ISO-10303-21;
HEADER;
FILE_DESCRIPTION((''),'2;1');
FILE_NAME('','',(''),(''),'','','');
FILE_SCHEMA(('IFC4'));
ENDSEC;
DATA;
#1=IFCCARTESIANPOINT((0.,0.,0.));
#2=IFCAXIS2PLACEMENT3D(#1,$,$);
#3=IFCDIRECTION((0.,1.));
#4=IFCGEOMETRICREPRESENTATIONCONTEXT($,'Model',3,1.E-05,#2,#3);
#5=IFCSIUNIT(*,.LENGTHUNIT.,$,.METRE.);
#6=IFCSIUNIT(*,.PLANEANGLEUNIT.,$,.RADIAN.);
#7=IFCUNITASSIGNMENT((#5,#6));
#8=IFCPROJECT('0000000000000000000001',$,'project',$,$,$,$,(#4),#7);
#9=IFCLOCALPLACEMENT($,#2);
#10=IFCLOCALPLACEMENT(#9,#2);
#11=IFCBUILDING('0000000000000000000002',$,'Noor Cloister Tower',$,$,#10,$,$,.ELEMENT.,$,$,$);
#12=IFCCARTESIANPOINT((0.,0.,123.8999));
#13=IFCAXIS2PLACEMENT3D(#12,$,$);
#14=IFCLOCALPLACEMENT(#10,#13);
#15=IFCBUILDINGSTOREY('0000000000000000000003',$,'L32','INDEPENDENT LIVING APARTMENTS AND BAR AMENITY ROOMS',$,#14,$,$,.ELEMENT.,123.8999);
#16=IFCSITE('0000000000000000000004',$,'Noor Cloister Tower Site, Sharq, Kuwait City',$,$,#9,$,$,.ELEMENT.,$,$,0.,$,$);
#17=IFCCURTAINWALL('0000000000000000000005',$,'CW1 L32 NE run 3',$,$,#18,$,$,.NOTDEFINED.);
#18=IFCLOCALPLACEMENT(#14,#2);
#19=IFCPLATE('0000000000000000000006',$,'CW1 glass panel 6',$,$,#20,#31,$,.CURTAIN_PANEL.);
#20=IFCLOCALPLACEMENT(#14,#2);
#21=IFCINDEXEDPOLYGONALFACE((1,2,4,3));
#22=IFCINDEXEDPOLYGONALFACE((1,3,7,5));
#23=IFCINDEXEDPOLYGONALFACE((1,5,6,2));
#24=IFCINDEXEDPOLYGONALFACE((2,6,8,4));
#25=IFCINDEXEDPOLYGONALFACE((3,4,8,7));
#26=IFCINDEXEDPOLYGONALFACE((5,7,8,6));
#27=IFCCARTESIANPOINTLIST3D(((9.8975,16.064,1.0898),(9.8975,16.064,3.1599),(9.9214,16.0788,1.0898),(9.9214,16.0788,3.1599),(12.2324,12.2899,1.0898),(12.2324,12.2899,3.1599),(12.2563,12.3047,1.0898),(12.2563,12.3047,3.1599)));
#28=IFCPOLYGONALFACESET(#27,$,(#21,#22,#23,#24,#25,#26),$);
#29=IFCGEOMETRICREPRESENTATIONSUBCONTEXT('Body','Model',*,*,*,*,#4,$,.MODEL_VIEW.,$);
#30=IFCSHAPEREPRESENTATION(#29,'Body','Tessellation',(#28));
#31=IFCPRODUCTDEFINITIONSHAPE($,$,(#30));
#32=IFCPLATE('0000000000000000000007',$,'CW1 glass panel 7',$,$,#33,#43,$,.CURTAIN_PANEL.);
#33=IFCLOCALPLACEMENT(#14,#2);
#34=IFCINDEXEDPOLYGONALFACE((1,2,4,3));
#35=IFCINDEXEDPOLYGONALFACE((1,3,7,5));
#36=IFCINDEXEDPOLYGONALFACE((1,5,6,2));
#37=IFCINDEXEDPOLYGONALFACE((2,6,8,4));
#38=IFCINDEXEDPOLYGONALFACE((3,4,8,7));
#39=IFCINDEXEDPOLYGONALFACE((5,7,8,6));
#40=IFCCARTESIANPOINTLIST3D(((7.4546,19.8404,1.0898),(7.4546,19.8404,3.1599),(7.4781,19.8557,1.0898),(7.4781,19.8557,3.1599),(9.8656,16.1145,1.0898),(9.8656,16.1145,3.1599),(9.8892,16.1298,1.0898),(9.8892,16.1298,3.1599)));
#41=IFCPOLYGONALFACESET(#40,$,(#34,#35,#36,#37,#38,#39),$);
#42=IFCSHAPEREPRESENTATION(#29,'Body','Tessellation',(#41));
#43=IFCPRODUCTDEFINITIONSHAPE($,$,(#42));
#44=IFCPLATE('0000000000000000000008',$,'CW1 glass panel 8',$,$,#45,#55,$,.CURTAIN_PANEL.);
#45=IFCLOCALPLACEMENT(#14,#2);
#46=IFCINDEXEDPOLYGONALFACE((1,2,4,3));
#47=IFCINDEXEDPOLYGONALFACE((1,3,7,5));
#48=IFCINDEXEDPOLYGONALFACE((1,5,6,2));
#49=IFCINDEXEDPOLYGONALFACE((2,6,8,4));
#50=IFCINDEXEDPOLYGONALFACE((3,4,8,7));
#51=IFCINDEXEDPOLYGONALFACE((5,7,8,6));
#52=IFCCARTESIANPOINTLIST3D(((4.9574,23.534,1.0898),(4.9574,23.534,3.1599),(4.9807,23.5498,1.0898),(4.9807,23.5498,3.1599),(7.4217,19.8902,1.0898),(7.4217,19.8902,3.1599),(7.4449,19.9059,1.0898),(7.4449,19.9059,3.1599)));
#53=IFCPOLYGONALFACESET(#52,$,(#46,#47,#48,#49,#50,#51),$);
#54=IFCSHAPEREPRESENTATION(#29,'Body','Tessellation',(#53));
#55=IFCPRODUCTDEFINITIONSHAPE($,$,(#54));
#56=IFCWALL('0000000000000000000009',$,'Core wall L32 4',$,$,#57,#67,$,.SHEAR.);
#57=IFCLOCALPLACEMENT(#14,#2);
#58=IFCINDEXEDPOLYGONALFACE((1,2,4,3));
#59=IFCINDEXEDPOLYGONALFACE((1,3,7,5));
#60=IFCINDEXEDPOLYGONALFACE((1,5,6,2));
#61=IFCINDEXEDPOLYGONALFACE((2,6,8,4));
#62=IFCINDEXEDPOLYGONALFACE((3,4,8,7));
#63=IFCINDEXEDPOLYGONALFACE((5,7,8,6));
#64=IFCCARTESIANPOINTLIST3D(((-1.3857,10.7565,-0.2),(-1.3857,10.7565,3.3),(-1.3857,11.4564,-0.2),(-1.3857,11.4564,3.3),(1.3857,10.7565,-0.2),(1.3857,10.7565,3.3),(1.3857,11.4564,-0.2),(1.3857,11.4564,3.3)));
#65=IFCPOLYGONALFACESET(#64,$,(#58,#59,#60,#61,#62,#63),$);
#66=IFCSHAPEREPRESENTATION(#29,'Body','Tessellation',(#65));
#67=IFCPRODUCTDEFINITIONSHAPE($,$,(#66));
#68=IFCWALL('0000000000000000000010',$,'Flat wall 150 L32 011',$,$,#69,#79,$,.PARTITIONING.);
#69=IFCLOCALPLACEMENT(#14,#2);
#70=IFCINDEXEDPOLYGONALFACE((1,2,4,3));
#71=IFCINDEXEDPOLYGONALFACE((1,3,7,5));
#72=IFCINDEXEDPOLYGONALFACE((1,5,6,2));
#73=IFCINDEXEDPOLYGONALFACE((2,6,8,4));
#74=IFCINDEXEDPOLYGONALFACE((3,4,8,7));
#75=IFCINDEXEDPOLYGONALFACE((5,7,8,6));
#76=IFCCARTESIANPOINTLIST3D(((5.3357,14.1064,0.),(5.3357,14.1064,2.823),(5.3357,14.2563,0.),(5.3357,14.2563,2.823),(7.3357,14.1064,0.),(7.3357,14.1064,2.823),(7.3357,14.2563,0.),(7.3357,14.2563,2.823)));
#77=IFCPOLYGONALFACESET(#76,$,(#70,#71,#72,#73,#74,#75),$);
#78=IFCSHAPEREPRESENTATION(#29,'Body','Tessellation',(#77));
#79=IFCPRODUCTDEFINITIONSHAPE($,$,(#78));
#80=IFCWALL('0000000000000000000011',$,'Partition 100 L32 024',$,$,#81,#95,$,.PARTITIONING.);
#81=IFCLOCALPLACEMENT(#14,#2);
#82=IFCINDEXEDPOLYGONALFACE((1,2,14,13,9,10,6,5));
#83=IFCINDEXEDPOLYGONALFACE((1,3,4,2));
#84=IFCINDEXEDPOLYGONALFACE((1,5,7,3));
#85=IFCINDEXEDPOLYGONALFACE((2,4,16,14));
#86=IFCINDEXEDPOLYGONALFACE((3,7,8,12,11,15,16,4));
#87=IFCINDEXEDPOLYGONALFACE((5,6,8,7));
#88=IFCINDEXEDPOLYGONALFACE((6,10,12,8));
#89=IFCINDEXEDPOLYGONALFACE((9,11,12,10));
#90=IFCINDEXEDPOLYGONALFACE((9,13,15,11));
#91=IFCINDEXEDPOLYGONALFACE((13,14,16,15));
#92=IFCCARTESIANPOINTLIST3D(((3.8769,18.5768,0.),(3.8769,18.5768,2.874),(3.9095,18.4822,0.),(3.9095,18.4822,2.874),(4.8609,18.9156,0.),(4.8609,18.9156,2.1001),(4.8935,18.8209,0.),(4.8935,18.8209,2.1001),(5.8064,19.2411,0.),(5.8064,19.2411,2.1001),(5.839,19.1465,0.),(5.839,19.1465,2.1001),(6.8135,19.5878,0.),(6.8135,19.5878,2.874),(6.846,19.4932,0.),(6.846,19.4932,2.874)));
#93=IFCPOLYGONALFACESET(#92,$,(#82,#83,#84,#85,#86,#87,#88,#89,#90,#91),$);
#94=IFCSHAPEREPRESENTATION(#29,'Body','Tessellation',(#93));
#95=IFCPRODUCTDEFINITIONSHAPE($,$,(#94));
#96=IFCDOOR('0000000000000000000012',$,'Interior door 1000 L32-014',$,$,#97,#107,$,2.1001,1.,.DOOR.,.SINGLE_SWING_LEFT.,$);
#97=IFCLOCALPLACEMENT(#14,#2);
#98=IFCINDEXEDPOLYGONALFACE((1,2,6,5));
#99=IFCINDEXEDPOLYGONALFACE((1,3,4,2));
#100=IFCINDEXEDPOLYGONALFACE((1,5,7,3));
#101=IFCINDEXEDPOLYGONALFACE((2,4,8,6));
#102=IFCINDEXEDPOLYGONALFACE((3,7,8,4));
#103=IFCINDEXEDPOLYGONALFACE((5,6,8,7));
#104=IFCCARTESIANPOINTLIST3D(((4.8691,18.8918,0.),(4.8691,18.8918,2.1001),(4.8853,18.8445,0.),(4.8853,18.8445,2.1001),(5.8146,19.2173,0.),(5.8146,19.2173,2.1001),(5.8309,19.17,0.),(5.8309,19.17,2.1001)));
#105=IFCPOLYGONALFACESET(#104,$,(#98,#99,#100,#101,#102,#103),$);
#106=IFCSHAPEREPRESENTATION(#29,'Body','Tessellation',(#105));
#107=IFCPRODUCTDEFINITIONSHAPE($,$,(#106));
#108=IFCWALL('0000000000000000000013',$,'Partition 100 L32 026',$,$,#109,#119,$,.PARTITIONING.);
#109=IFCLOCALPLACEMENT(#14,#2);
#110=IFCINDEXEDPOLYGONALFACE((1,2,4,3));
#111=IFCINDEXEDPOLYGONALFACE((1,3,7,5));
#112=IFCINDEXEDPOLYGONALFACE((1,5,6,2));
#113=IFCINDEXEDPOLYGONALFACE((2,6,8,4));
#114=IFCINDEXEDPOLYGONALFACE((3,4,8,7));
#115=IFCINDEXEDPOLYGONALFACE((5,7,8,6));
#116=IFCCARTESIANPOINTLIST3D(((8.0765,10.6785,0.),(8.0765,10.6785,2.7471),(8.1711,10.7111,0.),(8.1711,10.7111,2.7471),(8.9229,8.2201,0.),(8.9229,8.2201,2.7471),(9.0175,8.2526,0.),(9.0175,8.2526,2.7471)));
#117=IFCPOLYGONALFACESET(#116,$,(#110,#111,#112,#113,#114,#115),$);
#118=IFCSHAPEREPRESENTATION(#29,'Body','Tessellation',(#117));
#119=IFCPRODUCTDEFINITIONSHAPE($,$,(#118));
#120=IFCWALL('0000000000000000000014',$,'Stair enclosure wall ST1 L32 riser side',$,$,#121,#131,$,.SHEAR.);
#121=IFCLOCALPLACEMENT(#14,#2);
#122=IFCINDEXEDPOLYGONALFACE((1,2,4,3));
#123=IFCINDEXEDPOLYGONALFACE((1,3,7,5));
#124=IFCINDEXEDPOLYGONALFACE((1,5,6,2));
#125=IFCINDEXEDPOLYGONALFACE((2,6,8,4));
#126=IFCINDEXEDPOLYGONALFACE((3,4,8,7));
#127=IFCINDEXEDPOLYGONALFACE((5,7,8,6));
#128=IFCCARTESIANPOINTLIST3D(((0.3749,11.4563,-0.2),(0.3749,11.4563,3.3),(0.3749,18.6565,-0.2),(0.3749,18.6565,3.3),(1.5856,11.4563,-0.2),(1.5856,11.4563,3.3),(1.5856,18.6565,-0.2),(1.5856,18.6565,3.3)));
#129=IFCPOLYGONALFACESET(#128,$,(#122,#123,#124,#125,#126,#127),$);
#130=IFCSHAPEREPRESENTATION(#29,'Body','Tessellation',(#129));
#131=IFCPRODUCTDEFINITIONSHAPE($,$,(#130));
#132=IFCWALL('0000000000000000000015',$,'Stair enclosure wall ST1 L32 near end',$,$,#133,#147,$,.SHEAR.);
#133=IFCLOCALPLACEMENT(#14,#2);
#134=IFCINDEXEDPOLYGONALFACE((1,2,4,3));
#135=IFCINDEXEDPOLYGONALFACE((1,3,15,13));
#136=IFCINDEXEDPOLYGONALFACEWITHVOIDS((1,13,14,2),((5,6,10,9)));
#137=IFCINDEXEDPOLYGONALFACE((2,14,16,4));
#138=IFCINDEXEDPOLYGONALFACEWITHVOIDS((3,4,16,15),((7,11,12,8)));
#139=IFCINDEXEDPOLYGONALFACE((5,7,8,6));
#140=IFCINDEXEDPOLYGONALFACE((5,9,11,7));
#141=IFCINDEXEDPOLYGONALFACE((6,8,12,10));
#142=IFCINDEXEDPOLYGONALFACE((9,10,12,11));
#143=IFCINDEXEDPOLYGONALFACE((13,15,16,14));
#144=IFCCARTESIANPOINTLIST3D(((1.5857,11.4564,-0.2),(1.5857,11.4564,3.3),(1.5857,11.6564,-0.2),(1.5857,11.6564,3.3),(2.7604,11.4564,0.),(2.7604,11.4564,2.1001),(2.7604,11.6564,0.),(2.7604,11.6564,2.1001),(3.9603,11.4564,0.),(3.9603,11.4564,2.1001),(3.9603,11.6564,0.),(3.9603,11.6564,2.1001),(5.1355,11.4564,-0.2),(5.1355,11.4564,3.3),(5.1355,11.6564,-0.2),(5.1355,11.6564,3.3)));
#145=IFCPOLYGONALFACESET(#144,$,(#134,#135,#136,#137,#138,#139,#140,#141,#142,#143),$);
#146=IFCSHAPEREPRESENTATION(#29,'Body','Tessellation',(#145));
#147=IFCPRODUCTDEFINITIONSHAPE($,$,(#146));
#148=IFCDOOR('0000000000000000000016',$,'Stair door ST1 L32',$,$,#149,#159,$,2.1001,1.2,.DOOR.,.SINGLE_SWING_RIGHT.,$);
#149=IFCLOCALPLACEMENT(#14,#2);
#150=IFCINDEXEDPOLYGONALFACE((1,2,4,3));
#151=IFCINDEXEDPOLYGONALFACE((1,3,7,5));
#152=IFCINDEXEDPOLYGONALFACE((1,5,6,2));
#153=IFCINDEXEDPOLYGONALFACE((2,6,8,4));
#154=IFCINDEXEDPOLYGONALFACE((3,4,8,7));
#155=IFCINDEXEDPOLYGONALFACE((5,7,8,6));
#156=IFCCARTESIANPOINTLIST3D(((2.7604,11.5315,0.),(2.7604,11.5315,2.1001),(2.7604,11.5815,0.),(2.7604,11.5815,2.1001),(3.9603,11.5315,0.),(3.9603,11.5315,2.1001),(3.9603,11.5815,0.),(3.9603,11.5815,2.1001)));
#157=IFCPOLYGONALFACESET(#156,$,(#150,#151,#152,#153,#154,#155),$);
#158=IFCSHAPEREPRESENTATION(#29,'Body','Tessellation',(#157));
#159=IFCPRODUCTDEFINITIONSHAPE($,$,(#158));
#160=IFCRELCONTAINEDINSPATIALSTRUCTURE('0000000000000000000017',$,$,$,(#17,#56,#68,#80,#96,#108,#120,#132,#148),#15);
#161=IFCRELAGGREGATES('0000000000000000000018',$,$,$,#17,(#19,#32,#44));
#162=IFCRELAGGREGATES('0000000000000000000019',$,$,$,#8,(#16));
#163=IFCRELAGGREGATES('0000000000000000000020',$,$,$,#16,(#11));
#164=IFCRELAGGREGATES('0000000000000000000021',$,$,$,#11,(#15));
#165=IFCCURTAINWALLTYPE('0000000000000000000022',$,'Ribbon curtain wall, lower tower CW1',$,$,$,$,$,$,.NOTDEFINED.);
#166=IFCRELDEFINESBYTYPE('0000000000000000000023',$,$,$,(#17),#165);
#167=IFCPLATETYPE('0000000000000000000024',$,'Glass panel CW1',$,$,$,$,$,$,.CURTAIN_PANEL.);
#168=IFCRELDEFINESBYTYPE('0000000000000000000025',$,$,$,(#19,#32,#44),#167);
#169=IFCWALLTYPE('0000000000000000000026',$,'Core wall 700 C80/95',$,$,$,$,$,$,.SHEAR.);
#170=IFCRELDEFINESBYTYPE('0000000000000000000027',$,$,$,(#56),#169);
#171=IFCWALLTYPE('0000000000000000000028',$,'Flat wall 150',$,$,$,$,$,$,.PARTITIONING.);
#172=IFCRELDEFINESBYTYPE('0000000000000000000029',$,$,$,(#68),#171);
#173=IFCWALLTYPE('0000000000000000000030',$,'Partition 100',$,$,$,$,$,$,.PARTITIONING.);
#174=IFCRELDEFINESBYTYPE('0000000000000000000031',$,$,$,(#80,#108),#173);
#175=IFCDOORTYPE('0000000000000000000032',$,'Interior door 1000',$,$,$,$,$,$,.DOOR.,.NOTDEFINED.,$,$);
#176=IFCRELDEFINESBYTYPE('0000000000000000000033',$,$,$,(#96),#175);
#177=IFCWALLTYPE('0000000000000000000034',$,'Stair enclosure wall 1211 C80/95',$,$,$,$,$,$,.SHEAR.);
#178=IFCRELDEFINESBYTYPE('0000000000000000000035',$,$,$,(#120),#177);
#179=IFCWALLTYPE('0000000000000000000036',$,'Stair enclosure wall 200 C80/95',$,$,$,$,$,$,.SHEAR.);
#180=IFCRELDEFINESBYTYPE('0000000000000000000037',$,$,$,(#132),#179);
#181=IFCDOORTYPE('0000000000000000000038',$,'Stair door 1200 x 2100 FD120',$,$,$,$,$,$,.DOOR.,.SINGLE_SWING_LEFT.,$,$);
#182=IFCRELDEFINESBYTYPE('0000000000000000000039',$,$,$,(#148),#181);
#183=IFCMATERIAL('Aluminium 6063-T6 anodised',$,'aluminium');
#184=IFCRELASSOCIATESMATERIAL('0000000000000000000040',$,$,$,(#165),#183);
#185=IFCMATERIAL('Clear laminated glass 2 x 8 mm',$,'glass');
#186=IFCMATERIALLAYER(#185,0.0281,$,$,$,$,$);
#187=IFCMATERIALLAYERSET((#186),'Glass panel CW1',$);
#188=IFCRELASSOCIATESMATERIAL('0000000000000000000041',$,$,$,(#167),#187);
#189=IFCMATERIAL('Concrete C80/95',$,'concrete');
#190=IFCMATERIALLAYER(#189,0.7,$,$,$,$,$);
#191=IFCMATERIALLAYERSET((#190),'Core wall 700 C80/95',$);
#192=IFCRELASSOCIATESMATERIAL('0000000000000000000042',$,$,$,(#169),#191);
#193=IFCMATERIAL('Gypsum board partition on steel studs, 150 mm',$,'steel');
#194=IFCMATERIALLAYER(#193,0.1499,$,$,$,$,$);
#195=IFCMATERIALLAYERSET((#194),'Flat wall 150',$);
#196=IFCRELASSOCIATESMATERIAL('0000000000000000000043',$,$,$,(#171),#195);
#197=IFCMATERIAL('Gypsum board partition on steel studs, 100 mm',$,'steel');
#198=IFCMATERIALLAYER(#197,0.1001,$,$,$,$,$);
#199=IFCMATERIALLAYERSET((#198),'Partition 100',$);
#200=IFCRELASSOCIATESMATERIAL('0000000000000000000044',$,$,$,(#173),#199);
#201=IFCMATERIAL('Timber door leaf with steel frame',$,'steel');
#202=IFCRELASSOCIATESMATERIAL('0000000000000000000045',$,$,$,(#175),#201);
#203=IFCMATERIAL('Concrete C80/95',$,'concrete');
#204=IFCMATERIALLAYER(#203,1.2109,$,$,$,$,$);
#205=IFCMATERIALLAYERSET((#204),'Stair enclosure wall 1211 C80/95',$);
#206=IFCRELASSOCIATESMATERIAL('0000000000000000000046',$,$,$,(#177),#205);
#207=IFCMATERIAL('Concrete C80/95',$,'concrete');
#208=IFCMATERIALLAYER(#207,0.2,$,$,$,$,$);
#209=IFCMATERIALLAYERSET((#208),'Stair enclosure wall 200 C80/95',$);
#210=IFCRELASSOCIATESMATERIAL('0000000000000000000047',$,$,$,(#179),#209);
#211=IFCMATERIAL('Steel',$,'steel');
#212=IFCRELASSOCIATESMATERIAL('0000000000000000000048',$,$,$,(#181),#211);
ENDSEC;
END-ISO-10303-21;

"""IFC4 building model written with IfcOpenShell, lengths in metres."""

from ifc_helpers import new_model, si_unit, direction, frame, frame_2d, origin, origin_2d, place, context, subcontext, project, spatial, rectangle, extrude, material, layer, layer_set, type_object, element, fill, aggregate, save


model = new_model("IFC4")

# Units and contexts
model_context = context("Model", 3, precision=1e-05, world=origin(), true_north=direction((0.0, 1.0)))
body_context = subcontext(model_context, "Body", "Model", "MODEL_VIEW")
ifc_project = project(units=[si_unit("LENGTHUNIT", "METRE"), si_unit("PLANEANGLEUNIT", "RADIAN")], contexts=[model_context])

# Site, building, storey
site_placement = place(None, origin())
site = spatial("IfcSite", under=ifc_project, at=site_placement, Name="Noor Cloister Tower Site, Sharq, Kuwait City", CompositionType="ELEMENT", RefElevation=0.0)
building_placement = place(site_placement, origin())
building = spatial("IfcBuilding", under=site, at=building_placement, Name="Noor Cloister Tower", CompositionType="ELEMENT")
storey_placement = place(building_placement, frame((0.0, 0.0, 123.8999)))
storey = spatial("IfcBuildingStorey", under=building, at=storey_placement, Name="L32", Description="INDEPENDENT LIVING APARTMENTS AND BAR AMENITY ROOMS", CompositionType="ELEMENT", Elevation=123.8999)

# Curtain wall
ifc_material_1 = material(Name="Aluminium 6063-T6 anodised", Category="aluminium")
curtain_wall_type = type_object("IfcCurtainWallType", Name="Ribbon curtain wall, lower tower CW1", PredefinedType="NOTDEFINED", material=ifc_material_1)
curtain_wall_placement = place(storey_placement, origin())
curtain_wall = element("IfcCurtainWall", 1, at=curtain_wall_placement, inside=storey, type_object=curtain_wall_type, Name="CW1 L32 NE run 3", PredefinedType="NOTDEFINED")

# Plates
ifc_material_2 = material(Name="Clear laminated glass 2 x 8 mm", Category="glass")
ifc_layer_1 = layer(ifc_material_2, 0.0281)
ifc_layer_set_1 = layer_set([ifc_layer_1], Name="Glass panel CW1")
plate_type = type_object("IfcPlateType", Name="Glass panel CW1", PredefinedType="CURTAIN_PANEL", material=ifc_layer_set_1)
plate_1_placement = place(storey_placement, frame((11.0769, 14.1843, 1.0898), z_axis=(0.0, 0.0, 1.0), x_axis=(-0.526128, 0.850405, 0.0)))
plate_1 = element("IfcPlate", 2, at=plate_1_placement, type_object=plate_type, Name="CW1 glass panel 6", PredefinedType="CURTAIN_PANEL", context=body_context, shape_type="SweptSolid", body=[
    extrude(rectangle(XDim=4.438, YDim=0.0281, at=origin_2d()), origin(), (0.0, 0.0, 1.0), 2.0701),
])
plate_2_placement = place(storey_placement, frame((8.6719, 17.9851, 1.0898), z_axis=(0.0, 0.0, 1.0), x_axis=(-0.543277, 0.839553, 0.0)))
plate_2 = element("IfcPlate", 3, at=plate_2_placement, type_object=plate_type, Name="CW1 glass panel 7", PredefinedType="CURTAIN_PANEL", context=body_context, shape_type="SweptSolid", body=[
    extrude(rectangle(XDim=4.438, YDim=0.0281, at=origin_2d()), origin(), (0.0, 0.0, 1.0), 2.0701),
])
plate_3_placement = place(storey_placement, frame((6.2012, 21.72, 1.0898), z_axis=(0.0, 0.0, 1.0), x_axis=(-0.560203, 0.828356, 0.0)))
plate_3 = element("IfcPlate", 4, at=plate_3_placement, type_object=plate_type, Name="CW1 glass panel 8", PredefinedType="CURTAIN_PANEL", context=body_context, shape_type="SweptSolid", body=[
    extrude(rectangle(XDim=4.3989, YDim=0.0281, at=origin_2d()), origin(), (0.0, 0.0, 1.0), 2.0701),
])
aggregate(curtain_wall, [plate_1, plate_2, plate_3])

# Walls
ifc_material_3 = material(Name="Concrete C80/95", Category="concrete")
ifc_layer_2 = layer(ifc_material_3, 0.7)
ifc_layer_set_2 = layer_set([ifc_layer_2], Name="Core wall 700 C80/95")
wall_type_1 = type_object("IfcWallType", Name="Core wall 700 C80/95", PredefinedType="SHEAR", material=ifc_layer_set_2)
wall_1_placement = place(storey_placement, frame((1.3857, 11.1064, -0.2), z_axis=(0.0, 0.0, 1.0), x_axis=(-1.0, 0.0, 0.0)))
element("IfcWall", 5, at=wall_1_placement, inside=storey, type_object=wall_type_1, Name="Core wall L32 4", PredefinedType="SHEAR", context=body_context, shape_type="SweptSolid", body=[
    extrude(rectangle(XDim=2.7715, YDim=0.7, at=frame_2d((1.3857, 0.0))), origin(), (0.0, 0.0, 1.0), 3.5),
])
ifc_material_4 = material(Name="Gypsum board partition on steel studs, 150 mm", Category="steel")
ifc_layer_3 = layer(ifc_material_4, 0.1499)
ifc_layer_set_3 = layer_set([ifc_layer_3], Name="Flat wall 150")
wall_type_2 = type_object("IfcWallType", Name="Flat wall 150", PredefinedType="PARTITIONING", material=ifc_layer_set_3)
wall_2_placement = place(storey_placement, frame((5.3357, 14.1814, 0.0), z_axis=(0.0, 0.0, 1.0), x_axis=(1.0, 0.0, 0.0)))
element("IfcWall", 6, at=wall_2_placement, inside=storey, type_object=wall_type_2, Name="Flat wall 150 L32 011", PredefinedType="PARTITIONING", context=body_context, shape_type="SweptSolid", body=[
    extrude(rectangle(XDim=2.0, YDim=0.1499, at=frame_2d((1.0, 0.0))), origin(), (0.0, 0.0, 1.0), 2.823),
])

# Wall, opening, door
ifc_material_5 = material(Name="Gypsum board partition on steel studs, 100 mm", Category="steel")
ifc_layer_4 = layer(ifc_material_5, 0.1001)
ifc_layer_set_4 = layer_set([ifc_layer_4], Name="Partition 100")
wall_type_3 = type_object("IfcWallType", Name="Partition 100", PredefinedType="PARTITIONING", material=ifc_layer_set_4)
wall_3_placement = place(storey_placement, frame((3.8933, 18.5295, 0.0), z_axis=(0.0, 0.0, 1.0), x_axis=(0.945532, 0.325528, 0.0)))
wall_3 = element("IfcWall", 7, at=wall_3_placement, inside=storey, type_object=wall_type_3, Name="Partition 100 L32 024", PredefinedType="PARTITIONING", context=body_context, shape_type="SweptSolid", body=[
    extrude(rectangle(XDim=3.1057, YDim=0.1001, at=frame_2d((1.5527, 0.0))), origin(), (0.0, 0.0, 1.0), 2.874),
])
opening_1_placement = place(wall_3_placement, frame((1.0405, 0.0, 0.0)))
opening_1 = element("IfcOpeningElement", 8, at=opening_1_placement, cuts=wall_3, PredefinedType="OPENING", context=body_context, shape_type="SweptSolid", body=[
    extrude(rectangle(XDim=1.0, YDim=2.1001, at=frame_2d((0.5, 1.05))), frame((0.0, 0.0601, 0.0), z_axis=(0.0, -1.0, 0.0), x_axis=(1.0, 0.0, 0.0)), (0.0, 0.0, 1.0), 0.1201),
])
ifc_material_6 = material(Name="Timber door leaf with steel frame", Category="steel")
door_type_1 = type_object("IfcDoorType", Name="Interior door 1000", OperationType="NOTDEFINED", PredefinedType="DOOR", material=ifc_material_6)
door_1_placement = place(opening_1_placement, origin())
door_1 = element("IfcDoor", 9, at=door_1_placement, inside=storey, type_object=door_type_1, Name="Interior door 1000 L32-014", OperationType="SINGLE_SWING_LEFT", OverallHeight=2.1001, OverallWidth=1.0, PredefinedType="DOOR", context=body_context, shape_type="SweptSolid", body=[
    extrude(rectangle(XDim=1.0, YDim=2.1001, at=frame_2d((0.5, 1.05))), frame((0.0, 0.0249, 0.0), z_axis=(0.0, -1.0, 0.0), x_axis=(1.0, 0.0, 0.0)), (0.0, 0.0, 1.0), 0.05),
])
fill(opening_1, door_1)

# Walls
wall_4_placement = place(storey_placement, frame((8.1238, 10.6948, 0.0), z_axis=(0.0, 0.0, 1.0), x_axis=(0.325536, -0.94553, 0.0)))
element("IfcWall", 10, at=wall_4_placement, inside=storey, type_object=wall_type_3, Name="Partition 100 L32 026", PredefinedType="PARTITIONING", context=body_context, shape_type="SweptSolid", body=[
    extrude(rectangle(XDim=2.6001, YDim=0.1001, at=frame_2d((1.3, 0.0))), origin(), (0.0, 0.0, 1.0), 2.7471),
])
ifc_material_7 = material(Name="Concrete C80/95", Category="concrete")
ifc_layer_5 = layer(ifc_material_7, 1.2109)
ifc_layer_set_5 = layer_set([ifc_layer_5], Name="Stair enclosure wall 1211 C80/95")
wall_type_4 = type_object("IfcWallType", Name="Stair enclosure wall 1211 C80/95", PredefinedType="SHEAR", material=ifc_layer_set_5)
wall_5_placement = place(storey_placement, frame((0.9802, 11.4563, -0.2), z_axis=(0.0, 0.0, 1.0), x_axis=(0.0, 1.0, 0.0)))
element("IfcWall", 11, at=wall_5_placement, inside=storey, type_object=wall_type_4, Name="Stair enclosure wall ST1 L32 riser side", PredefinedType="SHEAR", context=body_context, shape_type="SweptSolid", body=[
    extrude(rectangle(XDim=7.2002, YDim=1.2107, at=frame_2d((3.6001, 0.0))), origin(), (0.0, 0.0, 1.0), 3.5),
])

# Wall, opening, door
ifc_material_8 = material(Name="Concrete C80/95", Category="concrete")
ifc_layer_6 = layer(ifc_material_8, 0.2)
ifc_layer_set_6 = layer_set([ifc_layer_6], Name="Stair enclosure wall 200 C80/95")
wall_type_5 = type_object("IfcWallType", Name="Stair enclosure wall 200 C80/95", PredefinedType="SHEAR", material=ifc_layer_set_6)
wall_6_placement = place(storey_placement, frame((5.1355, 11.5564, -0.2), z_axis=(0.0, 0.0, 1.0), x_axis=(-1.0, 0.0, 0.0)))
wall_6 = element("IfcWall", 12, at=wall_6_placement, inside=storey, type_object=wall_type_5, Name="Stair enclosure wall ST1 L32 near end", PredefinedType="SHEAR", context=body_context, shape_type="SweptSolid", body=[
    extrude(rectangle(XDim=3.5498, YDim=0.2, at=frame_2d((1.7749, 0.0))), origin(), (0.0, 0.0, 1.0), 3.5),
])
opening_2_placement = place(wall_6_placement, frame((1.175, 0.0, 0.2)))
opening_2 = element("IfcOpeningElement", 13, at=opening_2_placement, cuts=wall_6, PredefinedType="OPENING", context=body_context, shape_type="SweptSolid", body=[
    extrude(rectangle(XDim=1.2, YDim=2.1001, at=frame_2d((0.6001, 1.05))), frame((0.0, 0.1099, 0.0), z_axis=(0.0, -1.0, 0.0), x_axis=(1.0, 0.0, 0.0)), (0.0, 0.0, 1.0), 0.22),
])
ifc_material_9 = material(Name="Steel", Category="steel")
door_type_2 = type_object("IfcDoorType", Name="Stair door 1200 x 2100 FD120", OperationType="SINGLE_SWING_LEFT", PredefinedType="DOOR", material=ifc_material_9)
door_2_placement = place(opening_2_placement, origin())
door_2 = element("IfcDoor", 14, at=door_2_placement, inside=storey, type_object=door_type_2, Name="Stair door ST1 L32", OperationType="SINGLE_SWING_RIGHT", OverallHeight=2.1001, OverallWidth=1.2, PredefinedType="DOOR", context=body_context, shape_type="SweptSolid", body=[
    extrude(rectangle(XDim=1.2, YDim=2.1001, at=frame_2d((0.6001, 1.05))), frame((0.0, 0.0249, 0.0), z_axis=(0.0, -1.0, 0.0), x_axis=(1.0, 0.0, 0.0)), (0.0, 0.0, 1.0), 0.05),
])
fill(opening_2, door_2)

save(model, "model.ifc")
